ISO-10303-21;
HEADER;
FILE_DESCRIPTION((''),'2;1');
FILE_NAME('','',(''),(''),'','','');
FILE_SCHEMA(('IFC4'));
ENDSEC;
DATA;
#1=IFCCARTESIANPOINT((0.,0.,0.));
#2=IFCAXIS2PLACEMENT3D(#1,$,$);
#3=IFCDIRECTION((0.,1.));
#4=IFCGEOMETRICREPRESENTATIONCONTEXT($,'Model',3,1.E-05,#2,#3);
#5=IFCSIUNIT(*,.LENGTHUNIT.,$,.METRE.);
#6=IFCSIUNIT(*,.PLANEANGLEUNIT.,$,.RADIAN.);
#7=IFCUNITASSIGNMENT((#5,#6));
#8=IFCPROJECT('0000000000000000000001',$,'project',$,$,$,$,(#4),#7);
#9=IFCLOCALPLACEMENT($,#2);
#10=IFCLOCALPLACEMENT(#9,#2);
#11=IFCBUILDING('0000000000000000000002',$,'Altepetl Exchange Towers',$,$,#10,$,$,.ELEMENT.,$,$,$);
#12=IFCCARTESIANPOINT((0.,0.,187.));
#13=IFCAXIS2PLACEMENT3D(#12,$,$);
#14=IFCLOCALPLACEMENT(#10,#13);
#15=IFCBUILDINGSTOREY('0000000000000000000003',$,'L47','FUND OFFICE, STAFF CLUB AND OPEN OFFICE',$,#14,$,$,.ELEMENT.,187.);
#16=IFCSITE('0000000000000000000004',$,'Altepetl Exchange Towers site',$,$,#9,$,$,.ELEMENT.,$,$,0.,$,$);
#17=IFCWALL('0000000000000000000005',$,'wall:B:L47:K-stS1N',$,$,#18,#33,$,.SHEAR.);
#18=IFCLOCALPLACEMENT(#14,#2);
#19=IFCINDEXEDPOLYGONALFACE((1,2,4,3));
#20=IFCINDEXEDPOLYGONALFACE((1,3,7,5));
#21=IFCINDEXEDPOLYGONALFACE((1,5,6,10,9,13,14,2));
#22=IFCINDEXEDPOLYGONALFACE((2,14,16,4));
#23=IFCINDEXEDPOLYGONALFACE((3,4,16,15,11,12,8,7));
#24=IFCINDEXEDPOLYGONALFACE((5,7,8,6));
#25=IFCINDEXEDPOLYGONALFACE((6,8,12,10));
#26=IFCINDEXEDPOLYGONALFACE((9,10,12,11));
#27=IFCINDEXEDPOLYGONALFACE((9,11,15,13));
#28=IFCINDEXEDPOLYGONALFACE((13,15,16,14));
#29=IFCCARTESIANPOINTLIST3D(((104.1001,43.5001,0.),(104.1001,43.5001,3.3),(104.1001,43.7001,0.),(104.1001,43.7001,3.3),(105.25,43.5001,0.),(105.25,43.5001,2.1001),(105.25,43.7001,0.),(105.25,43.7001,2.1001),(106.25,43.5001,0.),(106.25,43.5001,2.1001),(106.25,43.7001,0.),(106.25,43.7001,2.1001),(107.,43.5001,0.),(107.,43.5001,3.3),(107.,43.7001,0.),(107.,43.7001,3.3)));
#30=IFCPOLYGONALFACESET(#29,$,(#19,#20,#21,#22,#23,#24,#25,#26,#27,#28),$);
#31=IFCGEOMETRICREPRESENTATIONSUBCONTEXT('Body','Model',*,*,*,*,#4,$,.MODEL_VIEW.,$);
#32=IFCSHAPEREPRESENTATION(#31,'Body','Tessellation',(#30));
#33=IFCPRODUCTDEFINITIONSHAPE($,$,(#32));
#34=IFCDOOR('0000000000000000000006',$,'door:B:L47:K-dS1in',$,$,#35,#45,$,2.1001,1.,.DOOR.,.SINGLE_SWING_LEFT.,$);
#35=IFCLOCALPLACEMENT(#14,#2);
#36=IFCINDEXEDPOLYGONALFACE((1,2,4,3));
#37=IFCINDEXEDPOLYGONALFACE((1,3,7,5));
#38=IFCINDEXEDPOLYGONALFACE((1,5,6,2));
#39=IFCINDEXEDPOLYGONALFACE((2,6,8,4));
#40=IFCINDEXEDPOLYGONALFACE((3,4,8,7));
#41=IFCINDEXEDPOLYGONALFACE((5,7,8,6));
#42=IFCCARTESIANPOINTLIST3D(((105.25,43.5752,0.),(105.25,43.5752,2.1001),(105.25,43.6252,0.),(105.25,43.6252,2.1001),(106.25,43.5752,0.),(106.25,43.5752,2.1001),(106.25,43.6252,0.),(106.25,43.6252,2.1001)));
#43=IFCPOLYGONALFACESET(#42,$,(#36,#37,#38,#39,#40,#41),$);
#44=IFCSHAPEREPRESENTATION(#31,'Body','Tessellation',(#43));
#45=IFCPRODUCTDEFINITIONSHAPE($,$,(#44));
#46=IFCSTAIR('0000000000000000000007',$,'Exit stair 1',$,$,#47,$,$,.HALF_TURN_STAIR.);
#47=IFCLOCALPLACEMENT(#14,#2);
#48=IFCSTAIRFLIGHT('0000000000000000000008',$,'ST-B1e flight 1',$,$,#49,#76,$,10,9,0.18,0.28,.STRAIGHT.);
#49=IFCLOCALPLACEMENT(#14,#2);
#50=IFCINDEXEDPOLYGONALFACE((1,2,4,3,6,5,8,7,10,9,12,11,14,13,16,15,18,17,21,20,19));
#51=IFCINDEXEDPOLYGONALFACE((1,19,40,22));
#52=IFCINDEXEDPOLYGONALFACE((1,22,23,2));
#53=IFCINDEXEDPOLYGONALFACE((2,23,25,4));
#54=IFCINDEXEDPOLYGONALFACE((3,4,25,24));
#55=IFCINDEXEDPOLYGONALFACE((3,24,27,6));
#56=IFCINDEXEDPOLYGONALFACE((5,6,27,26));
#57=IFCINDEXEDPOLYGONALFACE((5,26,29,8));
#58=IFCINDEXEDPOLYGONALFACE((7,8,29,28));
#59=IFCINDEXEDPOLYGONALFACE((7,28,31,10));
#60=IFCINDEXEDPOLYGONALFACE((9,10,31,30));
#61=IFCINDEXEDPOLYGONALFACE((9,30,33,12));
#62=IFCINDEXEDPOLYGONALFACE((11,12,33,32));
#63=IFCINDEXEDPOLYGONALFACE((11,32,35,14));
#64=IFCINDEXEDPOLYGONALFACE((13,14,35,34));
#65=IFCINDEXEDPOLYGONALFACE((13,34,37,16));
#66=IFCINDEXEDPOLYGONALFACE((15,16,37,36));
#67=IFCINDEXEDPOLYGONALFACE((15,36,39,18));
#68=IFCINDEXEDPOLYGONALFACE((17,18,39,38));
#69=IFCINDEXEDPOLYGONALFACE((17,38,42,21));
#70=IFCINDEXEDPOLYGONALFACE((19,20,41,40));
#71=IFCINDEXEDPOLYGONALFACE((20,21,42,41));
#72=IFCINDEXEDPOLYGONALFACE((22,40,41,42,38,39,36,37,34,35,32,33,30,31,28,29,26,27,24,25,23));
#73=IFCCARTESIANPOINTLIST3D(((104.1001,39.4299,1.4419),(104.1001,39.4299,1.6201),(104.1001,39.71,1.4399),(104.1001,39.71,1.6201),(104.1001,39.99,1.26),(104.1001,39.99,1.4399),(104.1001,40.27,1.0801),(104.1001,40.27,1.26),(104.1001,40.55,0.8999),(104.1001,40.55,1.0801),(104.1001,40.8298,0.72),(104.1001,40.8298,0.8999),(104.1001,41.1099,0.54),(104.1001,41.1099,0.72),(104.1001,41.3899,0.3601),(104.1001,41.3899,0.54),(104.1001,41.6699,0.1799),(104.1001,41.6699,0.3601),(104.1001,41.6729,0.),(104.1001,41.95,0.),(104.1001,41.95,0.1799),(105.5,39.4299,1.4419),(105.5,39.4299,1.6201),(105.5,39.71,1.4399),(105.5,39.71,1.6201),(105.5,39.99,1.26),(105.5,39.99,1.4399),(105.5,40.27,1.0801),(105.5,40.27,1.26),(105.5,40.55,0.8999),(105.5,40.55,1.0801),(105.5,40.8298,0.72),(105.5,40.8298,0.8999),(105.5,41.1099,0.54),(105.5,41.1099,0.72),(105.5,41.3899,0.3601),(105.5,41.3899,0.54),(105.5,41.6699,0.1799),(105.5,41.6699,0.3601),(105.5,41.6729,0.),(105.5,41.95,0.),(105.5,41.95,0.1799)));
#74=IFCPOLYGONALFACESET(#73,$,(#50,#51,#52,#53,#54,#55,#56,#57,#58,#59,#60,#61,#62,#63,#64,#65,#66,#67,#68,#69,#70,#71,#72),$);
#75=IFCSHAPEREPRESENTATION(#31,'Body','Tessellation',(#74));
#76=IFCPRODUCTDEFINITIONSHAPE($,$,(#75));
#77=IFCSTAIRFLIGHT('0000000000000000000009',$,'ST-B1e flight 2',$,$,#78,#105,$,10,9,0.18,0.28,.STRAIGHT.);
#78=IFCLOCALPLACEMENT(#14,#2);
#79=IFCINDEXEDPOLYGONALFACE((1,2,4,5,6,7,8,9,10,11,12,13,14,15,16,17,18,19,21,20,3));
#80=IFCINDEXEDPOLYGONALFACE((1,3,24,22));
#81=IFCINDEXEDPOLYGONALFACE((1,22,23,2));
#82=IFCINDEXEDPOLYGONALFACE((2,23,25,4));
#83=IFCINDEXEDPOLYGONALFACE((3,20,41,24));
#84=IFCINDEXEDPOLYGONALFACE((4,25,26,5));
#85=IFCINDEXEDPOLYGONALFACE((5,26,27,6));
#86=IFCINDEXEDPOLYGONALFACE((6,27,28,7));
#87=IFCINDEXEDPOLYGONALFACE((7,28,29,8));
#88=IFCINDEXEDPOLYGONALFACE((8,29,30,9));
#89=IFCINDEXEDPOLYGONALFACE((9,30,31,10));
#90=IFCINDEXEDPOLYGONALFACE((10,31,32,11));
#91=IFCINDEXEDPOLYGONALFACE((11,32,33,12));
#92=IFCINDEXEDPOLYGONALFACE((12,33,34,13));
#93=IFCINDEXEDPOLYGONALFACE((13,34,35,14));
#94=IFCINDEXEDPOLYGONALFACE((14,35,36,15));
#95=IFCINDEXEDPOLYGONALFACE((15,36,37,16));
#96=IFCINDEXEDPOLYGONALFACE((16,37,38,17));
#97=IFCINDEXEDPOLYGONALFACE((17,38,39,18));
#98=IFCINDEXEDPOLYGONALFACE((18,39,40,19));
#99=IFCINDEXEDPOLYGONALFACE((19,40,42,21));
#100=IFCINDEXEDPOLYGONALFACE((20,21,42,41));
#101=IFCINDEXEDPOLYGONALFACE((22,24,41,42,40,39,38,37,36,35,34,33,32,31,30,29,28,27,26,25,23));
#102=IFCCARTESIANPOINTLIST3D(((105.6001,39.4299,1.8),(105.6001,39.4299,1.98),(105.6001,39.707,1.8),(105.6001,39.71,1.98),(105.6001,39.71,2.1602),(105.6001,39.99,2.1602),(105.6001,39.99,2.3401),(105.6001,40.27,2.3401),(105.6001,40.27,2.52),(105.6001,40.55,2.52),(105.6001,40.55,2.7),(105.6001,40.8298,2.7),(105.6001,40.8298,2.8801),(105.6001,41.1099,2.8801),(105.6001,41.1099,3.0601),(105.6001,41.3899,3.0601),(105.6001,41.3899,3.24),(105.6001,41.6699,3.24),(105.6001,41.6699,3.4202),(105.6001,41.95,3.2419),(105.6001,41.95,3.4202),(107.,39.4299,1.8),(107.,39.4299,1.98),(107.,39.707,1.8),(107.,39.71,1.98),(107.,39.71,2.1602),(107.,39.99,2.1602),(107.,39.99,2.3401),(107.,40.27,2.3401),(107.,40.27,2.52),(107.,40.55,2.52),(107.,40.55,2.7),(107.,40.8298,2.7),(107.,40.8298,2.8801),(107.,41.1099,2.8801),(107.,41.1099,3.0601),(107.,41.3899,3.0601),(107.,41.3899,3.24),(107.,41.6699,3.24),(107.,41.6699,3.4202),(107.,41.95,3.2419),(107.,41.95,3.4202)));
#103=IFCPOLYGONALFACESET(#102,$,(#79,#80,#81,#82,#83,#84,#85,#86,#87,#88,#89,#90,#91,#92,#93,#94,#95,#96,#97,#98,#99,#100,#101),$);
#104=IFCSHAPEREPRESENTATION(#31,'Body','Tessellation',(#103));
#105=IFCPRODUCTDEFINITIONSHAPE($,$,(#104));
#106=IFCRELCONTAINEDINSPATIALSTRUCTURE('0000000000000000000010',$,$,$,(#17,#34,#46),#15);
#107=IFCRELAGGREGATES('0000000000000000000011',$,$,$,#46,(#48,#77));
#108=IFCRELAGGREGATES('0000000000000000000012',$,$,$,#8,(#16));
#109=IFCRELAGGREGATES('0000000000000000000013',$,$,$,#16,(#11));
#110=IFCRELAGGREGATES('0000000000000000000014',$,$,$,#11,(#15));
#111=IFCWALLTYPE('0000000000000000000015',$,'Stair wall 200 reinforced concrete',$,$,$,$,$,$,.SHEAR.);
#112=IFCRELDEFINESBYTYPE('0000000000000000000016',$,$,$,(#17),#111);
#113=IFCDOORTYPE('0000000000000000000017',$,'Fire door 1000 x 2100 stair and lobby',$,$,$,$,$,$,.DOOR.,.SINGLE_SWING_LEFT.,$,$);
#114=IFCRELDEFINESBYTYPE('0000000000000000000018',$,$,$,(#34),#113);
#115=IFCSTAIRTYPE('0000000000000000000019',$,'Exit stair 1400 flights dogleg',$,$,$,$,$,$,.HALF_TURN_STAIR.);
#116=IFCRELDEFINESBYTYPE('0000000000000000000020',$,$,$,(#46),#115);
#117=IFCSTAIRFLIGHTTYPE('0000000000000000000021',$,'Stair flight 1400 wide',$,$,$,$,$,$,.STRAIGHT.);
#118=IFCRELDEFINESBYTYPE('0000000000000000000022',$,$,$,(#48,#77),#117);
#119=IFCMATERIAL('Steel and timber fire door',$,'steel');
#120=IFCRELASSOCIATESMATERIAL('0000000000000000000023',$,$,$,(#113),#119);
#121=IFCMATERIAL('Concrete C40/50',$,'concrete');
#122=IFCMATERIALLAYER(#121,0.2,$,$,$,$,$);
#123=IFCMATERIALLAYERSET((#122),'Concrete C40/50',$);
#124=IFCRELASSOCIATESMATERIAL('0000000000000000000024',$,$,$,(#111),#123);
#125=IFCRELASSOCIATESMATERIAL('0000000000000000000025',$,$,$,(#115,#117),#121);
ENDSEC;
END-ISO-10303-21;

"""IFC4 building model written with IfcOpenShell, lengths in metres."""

from ifc_helpers import new_model, si_unit, direction, frame, frame_2d, origin, place, context, subcontext, project, spatial, polyline, rectangle, outline, extrude, material, layer, layer_set, type_object, element, fill, aggregate, save


model = new_model("IFC4")

# Units and contexts
model_context = context("Model", 3, precision=1e-05, world=origin(), true_north=direction((0.0, 1.0)))
body_context = subcontext(model_context, "Body", "Model", "MODEL_VIEW")
ifc_project = project(units=[si_unit("LENGTHUNIT", "METRE"), si_unit("PLANEANGLEUNIT", "RADIAN")], contexts=[model_context])

# Site, building, storey
site_placement = place(None, origin())
site = spatial("IfcSite", under=ifc_project, at=site_placement, Name="Altepetl Exchange Towers site", CompositionType="ELEMENT", RefElevation=0.0)
building_placement = place(site_placement, origin())
building = spatial("IfcBuilding", under=site, at=building_placement, Name="Altepetl Exchange Towers", CompositionType="ELEMENT")
storey_placement = place(building_placement, frame((0.0, 0.0, 187.0)))
storey = spatial("IfcBuildingStorey", under=building, at=storey_placement, Name="L47", Description="FUND OFFICE, STAFF CLUB AND OPEN OFFICE", CompositionType="ELEMENT", Elevation=187.0)

# Shared definitions
ifc_material_1 = material(Name="Steel and timber fire door", Category="steel")
door_type_1 = type_object("IfcDoorType", Name="Fire door 1000 x 2100 stair and lobby", OperationType="SINGLE_SWING_LEFT", PredefinedType="DOOR", material=ifc_material_1)

# Shared definitions
ifc_material_2 = material(Name="Concrete C40/50", Category="concrete")

# Shared definitions
ifc_layer_1 = layer(ifc_material_2, 0.2)
ifc_layer_set_1 = layer_set([ifc_layer_1], Name="Concrete C40/50")
wall_type_1 = type_object("IfcWallType", Name="Stair wall 200 reinforced concrete", PredefinedType="SHEAR", material=ifc_layer_set_1)

# Wall, opening, door
wall_1_placement = place(storey_placement, frame((104.1001, 43.6001, 0.0)))
wall_1 = element("IfcWall", 1, at=wall_1_placement, inside=storey, type_object=wall_type_1, Name="wall:B:L47:K-stS1N", PredefinedType="SHEAR", context=body_context, shape_type="SweptSolid", body=[
    extrude(rectangle(XDim=2.8999, YDim=0.2, at=frame_2d((1.45, 0.0))), origin(), (0.0, 0.0, 1.0), 3.3),
])
opening_1_placement = place(wall_1_placement, frame((1.1499, 0.0, 0.0)))
opening_1 = element("IfcOpeningElement", 2, at=opening_1_placement, cuts=wall_1, PredefinedType="OPENING", context=body_context, shape_type="SweptSolid", body=[
    extrude(rectangle(XDim=1.0, YDim=2.1001, at=frame_2d((0.5, 1.05))), frame((0.0, 0.1099, 0.0), z_axis=(0.0, -1.0, 0.0), x_axis=(1.0, 0.0, 0.0)), (0.0, 0.0, 1.0), 0.22),
])
door_1_placement = place(opening_1_placement, frame((1.0, 0.0, 0.0), x_axis=(-1.0, 0.0, 0.0)))
door_1 = element("IfcDoor", 3, at=door_1_placement, inside=storey, type_object=door_type_1, Name="door:B:L47:K-dS1in", OperationType="SINGLE_SWING_LEFT", OverallHeight=2.1001, OverallWidth=1.0, PredefinedType="DOOR", context=body_context, shape_type="SweptSolid", body=[
    extrude(rectangle(XDim=1.0, YDim=2.1001, at=frame_2d((0.5, 1.05))), frame((0.0, 0.0249, 0.0), z_axis=(0.0, -1.0, 0.0), x_axis=(1.0, 0.0, 0.0)), (0.0, 0.0, 1.0), 0.05),
])
fill(opening_1, door_1)

# Stair, stair flights
stair_type = type_object("IfcStairType", Name="Exit stair 1400 flights dogleg", PredefinedType="HALF_TURN_STAIR", material=ifc_material_2)
stair_placement = place(storey_placement, origin())
stair = element("IfcStair", 4, at=stair_placement, inside=storey, type_object=stair_type, Name="Exit stair 1", PredefinedType="HALF_TURN_STAIR")
stair_flight_type = type_object("IfcStairFlightType", Name="Stair flight 1400 wide", PredefinedType="STRAIGHT", material=ifc_material_2)
stair_flight_1_placement = place(storey_placement, frame((104.8, 41.95, 0.0), z_axis=(0.0, 0.0, 1.0), x_axis=(0.0, -1.0, 0.0)))
stair_flight_1 = element("IfcStairFlight", 5, at=stair_flight_1_placement, type_object=stair_flight_type, Name="ST-B1e flight 1", NumberOfRisers=10, NumberOfTreads=9, PredefinedType="STRAIGHT", RiserHeight=0.18, TreadLength=0.28, context=body_context, shape_type="SweptSolid", body=[
    extrude(outline(polyline([(0.0, 0.0), (0.0, 0.1799), (0.28, 0.1799), (0.28, 0.3601), (0.5601, 0.3601), (0.5601, 0.54), (0.8401, 0.54), (0.8401, 0.72), (1.1201, 0.72), (1.1201, 0.8999), (1.3999, 0.8999), (1.3999, 1.0801), (1.6799, 1.0801), (1.6799, 1.26), (1.96, 1.26), (1.96, 1.4399), (2.24, 1.4399), (2.24, 1.6201), (2.52, 1.6201), (2.52, 1.8), (2.52, 1.4419), (0.2771, 0.0), (0.0, 0.0)])), frame((0.0, 0.7, 0.0), z_axis=(0.0, -1.0, 0.0), x_axis=(1.0, 0.0, 0.0)), (0.0, 0.0, 1.0), 1.3999),
])
stair_flight_2_placement = place(storey_placement, frame((106.3, 39.4299, 1.8), z_axis=(0.0, 0.0, 1.0), x_axis=(0.0, 1.0, 0.0)))
stair_flight_2 = element("IfcStairFlight", 6, at=stair_flight_2_placement, type_object=stair_flight_type, Name="ST-B1e flight 2", NumberOfRisers=10, NumberOfTreads=9, PredefinedType="STRAIGHT", RiserHeight=0.18, TreadLength=0.28, context=body_context, shape_type="SweptSolid", body=[
    extrude(outline(polyline([(0.0, 0.0), (0.0, 0.1799), (0.28, 0.1799), (0.28, 0.3601), (0.5601, 0.3601), (0.5601, 0.54), (0.8401, 0.54), (0.8401, 0.72), (1.1201, 0.72), (1.1201, 0.8999), (1.3999, 0.8999), (1.3999, 1.0801), (1.6799, 1.0801), (1.6799, 1.26), (1.96, 1.26), (1.96, 1.4399), (2.24, 1.4399), (2.24, 1.6201), (2.52, 1.6201), (2.52, 1.8), (2.52, 1.4419), (0.2771, 0.0), (0.0, 0.0)])), frame((0.0, 0.7, 0.0), z_axis=(0.0, -1.0, 0.0), x_axis=(1.0, 0.0, 0.0)), (0.0, 0.0, 1.0), 1.3999),
])
aggregate(stair, [stair_flight_1, stair_flight_2])

save(model, "model.ifc")
